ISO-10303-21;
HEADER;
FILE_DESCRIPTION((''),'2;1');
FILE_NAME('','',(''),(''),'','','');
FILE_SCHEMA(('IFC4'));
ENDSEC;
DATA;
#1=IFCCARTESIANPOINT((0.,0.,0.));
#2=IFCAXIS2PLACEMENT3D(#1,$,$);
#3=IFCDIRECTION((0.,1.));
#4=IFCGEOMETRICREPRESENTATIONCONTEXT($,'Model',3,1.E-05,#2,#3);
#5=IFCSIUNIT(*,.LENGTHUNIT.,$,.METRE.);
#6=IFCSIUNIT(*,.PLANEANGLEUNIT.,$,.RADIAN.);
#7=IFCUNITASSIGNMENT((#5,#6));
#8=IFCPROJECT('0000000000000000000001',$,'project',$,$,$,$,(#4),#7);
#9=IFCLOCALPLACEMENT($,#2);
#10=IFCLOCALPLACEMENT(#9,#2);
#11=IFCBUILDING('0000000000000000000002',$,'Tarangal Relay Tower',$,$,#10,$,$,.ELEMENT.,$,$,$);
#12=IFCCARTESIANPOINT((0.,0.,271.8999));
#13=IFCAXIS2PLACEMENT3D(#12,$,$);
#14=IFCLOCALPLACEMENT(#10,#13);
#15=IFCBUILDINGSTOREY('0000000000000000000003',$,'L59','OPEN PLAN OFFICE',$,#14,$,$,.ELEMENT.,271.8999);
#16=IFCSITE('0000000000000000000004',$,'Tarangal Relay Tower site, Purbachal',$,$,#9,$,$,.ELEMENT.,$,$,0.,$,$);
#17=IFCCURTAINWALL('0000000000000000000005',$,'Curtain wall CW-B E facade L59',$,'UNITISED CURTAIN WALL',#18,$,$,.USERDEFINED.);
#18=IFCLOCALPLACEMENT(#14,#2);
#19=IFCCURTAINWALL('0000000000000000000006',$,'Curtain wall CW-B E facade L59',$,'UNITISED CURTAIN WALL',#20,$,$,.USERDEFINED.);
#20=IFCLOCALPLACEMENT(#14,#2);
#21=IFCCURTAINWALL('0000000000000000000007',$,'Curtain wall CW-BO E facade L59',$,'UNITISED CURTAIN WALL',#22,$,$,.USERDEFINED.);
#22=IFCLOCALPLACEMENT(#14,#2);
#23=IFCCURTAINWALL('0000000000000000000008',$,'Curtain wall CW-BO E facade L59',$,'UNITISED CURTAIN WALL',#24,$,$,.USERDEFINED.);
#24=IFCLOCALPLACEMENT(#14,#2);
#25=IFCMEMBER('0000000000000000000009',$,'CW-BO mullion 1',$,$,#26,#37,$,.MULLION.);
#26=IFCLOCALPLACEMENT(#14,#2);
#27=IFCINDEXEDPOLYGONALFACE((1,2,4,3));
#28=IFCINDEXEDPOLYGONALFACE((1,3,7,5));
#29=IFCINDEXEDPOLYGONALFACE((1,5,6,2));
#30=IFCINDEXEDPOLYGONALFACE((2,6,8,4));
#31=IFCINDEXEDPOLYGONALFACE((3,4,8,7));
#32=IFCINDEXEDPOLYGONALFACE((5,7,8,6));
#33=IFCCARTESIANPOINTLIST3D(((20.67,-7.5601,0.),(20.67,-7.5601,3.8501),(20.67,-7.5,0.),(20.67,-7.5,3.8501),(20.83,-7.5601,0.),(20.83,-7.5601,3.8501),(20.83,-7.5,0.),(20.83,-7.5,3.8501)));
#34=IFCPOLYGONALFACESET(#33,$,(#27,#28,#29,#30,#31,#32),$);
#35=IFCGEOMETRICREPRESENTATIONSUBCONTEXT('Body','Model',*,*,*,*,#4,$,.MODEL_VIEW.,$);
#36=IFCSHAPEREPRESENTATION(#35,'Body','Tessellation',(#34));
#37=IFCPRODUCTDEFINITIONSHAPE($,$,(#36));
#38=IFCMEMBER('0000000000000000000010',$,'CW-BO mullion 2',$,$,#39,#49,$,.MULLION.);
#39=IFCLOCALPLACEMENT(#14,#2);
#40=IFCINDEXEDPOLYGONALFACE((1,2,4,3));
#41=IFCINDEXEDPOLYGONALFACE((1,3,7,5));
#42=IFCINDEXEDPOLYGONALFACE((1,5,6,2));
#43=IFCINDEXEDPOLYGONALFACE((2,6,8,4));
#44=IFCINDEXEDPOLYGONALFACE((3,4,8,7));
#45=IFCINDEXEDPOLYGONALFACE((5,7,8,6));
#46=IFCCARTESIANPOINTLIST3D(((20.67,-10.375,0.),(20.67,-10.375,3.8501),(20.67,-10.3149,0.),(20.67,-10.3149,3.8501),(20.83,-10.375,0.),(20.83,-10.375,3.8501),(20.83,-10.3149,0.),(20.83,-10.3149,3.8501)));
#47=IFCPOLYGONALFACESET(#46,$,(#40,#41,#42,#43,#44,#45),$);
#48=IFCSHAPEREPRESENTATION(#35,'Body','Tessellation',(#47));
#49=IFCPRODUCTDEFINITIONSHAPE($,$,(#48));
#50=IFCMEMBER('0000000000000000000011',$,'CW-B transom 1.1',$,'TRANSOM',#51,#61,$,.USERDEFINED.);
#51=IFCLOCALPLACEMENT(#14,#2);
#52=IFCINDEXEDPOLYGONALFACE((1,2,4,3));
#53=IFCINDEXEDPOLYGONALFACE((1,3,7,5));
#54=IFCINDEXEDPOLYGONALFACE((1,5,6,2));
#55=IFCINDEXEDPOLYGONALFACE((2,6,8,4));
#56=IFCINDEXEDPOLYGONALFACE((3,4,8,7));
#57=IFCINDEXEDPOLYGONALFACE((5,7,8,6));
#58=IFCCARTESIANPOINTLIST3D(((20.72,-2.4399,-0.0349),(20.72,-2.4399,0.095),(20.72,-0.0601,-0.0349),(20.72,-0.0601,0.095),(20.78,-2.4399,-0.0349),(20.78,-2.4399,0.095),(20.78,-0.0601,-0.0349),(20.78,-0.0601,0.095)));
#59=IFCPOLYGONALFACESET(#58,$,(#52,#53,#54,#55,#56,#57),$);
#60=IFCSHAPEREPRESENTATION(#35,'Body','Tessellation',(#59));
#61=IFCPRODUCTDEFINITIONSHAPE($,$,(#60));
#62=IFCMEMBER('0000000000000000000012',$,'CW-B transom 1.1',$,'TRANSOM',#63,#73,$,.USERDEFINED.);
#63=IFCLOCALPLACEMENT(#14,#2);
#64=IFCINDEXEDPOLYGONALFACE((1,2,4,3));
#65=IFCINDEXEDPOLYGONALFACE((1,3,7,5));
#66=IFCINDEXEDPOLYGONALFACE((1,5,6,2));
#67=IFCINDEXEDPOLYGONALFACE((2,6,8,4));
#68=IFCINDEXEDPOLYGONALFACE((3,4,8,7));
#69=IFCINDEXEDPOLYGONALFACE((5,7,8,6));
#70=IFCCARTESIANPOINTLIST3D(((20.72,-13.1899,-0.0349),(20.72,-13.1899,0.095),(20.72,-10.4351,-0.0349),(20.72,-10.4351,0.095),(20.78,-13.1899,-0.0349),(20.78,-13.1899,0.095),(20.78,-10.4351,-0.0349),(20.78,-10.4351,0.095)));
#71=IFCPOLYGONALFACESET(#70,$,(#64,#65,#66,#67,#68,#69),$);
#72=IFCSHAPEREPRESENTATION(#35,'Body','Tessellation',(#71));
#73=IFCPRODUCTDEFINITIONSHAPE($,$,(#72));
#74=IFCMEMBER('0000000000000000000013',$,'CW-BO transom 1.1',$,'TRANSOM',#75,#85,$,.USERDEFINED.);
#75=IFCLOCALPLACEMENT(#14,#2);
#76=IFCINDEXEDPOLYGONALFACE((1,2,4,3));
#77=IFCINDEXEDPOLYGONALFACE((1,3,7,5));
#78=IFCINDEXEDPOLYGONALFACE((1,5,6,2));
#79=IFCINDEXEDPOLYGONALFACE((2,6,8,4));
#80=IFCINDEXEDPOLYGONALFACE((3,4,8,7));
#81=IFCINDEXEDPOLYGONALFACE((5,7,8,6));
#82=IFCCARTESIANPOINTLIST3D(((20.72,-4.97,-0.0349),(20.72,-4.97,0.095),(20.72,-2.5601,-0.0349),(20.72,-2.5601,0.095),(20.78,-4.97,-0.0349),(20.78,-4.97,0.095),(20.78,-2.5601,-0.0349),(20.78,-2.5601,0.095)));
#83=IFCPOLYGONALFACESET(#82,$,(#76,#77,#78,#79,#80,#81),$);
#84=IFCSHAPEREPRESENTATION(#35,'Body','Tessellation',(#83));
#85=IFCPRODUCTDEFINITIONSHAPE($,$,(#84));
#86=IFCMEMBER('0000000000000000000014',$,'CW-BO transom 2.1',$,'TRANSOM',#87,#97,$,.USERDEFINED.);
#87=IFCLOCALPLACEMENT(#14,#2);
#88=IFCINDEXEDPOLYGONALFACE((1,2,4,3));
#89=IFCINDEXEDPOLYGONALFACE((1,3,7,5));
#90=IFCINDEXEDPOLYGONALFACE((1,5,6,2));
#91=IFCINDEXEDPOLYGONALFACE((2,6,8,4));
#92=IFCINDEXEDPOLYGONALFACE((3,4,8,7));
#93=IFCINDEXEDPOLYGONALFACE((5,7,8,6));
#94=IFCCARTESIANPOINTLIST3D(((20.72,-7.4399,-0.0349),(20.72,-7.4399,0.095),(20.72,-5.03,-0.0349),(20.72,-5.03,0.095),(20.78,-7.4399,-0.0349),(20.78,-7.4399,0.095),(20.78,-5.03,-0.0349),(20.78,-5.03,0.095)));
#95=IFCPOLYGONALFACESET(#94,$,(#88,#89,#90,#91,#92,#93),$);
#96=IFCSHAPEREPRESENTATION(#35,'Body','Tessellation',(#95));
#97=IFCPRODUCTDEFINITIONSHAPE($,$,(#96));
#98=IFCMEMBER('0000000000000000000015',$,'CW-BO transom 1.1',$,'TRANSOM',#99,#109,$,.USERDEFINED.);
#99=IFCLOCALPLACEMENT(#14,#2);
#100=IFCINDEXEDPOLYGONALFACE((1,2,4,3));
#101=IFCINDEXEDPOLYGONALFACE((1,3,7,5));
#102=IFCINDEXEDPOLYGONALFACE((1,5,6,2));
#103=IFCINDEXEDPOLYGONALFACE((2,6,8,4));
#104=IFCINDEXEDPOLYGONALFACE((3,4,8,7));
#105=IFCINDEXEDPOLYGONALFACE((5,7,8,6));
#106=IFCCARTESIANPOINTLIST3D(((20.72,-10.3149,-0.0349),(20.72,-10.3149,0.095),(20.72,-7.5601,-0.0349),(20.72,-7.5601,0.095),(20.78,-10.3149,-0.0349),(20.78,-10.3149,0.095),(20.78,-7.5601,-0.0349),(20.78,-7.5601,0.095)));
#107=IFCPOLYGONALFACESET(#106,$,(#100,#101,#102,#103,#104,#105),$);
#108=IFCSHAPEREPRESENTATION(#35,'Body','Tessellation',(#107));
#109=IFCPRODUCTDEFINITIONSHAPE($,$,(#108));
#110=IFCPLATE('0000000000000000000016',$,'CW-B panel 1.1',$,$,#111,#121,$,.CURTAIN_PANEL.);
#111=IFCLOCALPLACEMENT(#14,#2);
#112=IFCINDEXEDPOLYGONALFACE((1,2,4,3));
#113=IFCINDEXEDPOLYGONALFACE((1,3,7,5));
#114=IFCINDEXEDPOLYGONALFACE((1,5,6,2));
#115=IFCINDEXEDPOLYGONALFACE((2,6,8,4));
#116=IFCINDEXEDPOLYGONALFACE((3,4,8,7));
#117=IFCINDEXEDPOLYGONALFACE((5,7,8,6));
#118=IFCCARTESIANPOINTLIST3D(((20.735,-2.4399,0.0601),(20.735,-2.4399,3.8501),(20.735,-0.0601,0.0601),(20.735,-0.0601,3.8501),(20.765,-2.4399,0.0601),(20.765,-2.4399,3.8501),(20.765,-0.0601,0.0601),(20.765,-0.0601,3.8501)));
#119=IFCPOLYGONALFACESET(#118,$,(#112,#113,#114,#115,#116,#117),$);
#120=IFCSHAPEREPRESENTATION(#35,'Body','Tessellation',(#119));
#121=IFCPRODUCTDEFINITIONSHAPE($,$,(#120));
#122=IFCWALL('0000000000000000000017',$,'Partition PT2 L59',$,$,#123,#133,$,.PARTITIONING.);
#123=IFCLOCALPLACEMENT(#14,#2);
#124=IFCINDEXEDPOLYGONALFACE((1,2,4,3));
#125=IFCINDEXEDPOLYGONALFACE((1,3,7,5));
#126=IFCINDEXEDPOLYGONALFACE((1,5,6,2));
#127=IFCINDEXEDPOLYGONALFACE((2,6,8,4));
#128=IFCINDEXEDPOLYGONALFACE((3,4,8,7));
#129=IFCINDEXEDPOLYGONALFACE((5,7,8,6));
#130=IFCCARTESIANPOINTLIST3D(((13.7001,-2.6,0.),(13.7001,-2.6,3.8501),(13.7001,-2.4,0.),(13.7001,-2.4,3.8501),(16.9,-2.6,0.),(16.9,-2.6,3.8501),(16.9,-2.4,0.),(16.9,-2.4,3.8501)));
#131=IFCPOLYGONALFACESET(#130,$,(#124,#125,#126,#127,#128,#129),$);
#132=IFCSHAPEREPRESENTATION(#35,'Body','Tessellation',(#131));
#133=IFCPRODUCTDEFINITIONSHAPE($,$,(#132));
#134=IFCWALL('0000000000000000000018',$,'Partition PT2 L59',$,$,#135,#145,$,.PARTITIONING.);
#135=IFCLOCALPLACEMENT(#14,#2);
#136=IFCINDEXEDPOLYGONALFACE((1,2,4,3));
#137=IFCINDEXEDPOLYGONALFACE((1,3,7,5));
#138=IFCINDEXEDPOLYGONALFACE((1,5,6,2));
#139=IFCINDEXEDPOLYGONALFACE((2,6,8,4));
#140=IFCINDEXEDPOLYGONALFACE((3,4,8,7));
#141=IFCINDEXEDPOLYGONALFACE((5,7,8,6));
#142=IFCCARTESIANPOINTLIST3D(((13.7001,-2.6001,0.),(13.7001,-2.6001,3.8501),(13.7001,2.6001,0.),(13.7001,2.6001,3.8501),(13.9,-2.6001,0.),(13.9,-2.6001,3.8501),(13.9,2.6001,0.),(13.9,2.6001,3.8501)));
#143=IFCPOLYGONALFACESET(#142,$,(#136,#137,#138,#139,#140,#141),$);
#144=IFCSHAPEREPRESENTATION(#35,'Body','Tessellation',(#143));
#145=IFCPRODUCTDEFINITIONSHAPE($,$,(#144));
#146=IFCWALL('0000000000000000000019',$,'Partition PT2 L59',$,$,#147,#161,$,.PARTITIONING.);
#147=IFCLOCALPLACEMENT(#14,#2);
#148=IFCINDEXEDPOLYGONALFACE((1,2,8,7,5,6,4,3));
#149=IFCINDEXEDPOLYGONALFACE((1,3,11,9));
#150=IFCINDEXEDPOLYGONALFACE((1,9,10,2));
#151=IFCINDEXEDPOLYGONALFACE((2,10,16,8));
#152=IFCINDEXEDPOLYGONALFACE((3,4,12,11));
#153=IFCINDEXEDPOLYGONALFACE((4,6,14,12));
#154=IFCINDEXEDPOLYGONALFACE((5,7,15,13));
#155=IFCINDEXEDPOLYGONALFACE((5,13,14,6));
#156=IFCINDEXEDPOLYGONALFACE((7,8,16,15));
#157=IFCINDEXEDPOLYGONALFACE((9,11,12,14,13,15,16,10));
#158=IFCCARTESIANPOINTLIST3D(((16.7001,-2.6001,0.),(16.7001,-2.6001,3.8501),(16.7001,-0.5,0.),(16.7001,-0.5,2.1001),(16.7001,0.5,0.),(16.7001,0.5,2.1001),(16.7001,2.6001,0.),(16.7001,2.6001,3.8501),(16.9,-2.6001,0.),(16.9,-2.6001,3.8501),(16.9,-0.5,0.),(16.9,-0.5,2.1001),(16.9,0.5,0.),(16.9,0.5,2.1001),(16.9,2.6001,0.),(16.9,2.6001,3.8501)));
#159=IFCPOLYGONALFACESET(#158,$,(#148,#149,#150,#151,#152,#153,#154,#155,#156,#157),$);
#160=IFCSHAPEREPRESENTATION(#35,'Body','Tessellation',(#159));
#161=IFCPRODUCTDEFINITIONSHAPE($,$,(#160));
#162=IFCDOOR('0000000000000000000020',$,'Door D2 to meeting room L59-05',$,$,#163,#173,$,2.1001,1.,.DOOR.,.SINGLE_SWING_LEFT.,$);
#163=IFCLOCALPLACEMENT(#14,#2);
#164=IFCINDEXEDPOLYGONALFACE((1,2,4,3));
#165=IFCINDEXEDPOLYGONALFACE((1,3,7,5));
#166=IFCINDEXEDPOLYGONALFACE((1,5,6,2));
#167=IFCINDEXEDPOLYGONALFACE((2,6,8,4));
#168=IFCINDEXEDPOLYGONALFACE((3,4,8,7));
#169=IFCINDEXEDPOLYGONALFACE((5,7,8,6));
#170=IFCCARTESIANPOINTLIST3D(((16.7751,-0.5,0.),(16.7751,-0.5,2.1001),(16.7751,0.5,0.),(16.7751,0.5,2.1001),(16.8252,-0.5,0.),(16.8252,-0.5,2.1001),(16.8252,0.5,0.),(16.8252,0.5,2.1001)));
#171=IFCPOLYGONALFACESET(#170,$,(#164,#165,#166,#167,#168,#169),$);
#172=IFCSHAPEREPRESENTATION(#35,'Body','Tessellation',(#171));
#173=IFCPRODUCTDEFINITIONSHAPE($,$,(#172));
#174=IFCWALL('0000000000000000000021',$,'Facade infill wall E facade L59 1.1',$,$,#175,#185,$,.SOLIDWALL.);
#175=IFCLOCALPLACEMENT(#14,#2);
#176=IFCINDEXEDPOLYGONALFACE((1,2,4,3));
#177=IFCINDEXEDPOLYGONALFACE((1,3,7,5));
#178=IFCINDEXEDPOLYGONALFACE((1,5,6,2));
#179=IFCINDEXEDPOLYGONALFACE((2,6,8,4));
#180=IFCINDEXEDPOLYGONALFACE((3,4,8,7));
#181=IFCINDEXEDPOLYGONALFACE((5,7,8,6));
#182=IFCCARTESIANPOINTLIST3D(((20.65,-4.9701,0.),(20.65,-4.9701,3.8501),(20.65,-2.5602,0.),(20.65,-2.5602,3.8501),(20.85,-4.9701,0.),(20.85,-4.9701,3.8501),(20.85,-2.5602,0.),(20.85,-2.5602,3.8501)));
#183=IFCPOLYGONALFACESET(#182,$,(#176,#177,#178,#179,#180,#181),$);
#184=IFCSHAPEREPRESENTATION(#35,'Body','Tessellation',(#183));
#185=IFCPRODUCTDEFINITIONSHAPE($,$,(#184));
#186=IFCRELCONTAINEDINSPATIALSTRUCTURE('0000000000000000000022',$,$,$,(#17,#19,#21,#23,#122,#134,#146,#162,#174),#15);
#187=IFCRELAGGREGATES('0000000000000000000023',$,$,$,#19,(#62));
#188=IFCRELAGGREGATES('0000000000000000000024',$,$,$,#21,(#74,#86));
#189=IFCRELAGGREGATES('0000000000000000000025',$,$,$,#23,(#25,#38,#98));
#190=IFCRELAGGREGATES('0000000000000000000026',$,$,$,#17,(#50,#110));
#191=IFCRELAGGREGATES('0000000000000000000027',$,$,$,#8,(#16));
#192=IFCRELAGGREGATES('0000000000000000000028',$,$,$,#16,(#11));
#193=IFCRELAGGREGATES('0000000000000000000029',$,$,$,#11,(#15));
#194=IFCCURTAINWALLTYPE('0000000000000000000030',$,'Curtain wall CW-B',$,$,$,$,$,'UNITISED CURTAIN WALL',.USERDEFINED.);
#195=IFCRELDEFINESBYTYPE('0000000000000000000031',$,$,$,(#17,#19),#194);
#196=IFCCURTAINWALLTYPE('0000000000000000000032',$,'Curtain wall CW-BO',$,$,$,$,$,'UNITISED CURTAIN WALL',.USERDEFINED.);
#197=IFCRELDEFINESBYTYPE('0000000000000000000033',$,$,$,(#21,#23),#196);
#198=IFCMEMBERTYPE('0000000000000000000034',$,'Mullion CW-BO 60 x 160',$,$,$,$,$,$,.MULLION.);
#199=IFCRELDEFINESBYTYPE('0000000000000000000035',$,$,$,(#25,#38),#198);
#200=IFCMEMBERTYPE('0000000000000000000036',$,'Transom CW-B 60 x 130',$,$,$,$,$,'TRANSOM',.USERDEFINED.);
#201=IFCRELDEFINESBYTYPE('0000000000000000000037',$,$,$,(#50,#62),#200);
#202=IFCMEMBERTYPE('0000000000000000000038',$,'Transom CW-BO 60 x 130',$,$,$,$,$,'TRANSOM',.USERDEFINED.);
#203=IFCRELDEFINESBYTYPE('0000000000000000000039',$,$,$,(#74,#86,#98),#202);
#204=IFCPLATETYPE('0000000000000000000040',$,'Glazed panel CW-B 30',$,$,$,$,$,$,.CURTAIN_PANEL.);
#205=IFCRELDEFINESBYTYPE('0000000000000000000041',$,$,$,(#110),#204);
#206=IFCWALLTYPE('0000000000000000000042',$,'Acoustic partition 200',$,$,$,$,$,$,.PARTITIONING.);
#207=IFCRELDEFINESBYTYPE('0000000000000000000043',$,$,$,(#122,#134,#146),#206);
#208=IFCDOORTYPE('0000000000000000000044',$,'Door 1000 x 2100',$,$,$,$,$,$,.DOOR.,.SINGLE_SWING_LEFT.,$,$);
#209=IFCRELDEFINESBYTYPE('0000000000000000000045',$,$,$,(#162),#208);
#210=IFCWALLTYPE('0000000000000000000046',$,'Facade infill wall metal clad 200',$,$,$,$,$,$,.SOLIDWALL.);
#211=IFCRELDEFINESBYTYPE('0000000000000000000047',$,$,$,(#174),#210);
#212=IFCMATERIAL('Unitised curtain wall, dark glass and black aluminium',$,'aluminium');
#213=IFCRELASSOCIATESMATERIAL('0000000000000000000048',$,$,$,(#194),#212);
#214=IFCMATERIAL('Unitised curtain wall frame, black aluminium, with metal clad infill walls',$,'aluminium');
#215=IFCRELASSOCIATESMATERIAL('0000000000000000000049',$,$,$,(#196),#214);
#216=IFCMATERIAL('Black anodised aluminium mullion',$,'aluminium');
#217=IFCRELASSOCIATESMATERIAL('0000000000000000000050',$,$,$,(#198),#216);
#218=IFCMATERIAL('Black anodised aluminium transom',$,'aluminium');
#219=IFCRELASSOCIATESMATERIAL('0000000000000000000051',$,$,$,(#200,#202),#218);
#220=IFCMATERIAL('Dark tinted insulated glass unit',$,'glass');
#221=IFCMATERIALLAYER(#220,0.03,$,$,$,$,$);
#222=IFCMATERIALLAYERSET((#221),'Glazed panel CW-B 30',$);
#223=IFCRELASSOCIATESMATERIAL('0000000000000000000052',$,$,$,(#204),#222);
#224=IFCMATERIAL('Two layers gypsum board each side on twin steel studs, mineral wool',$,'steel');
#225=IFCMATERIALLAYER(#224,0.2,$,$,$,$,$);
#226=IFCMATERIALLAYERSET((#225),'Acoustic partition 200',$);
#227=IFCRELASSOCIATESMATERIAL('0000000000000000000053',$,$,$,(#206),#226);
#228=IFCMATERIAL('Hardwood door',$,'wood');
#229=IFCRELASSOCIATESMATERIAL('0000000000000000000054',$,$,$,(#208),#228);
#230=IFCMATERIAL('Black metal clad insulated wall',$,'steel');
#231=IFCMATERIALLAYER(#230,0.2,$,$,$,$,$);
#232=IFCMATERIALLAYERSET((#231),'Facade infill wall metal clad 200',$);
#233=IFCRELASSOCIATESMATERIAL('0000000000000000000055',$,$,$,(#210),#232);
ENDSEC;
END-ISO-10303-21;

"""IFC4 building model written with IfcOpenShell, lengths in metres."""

from ifc_helpers import new_model, si_unit, direction, frame, frame_2d, origin, origin_2d, place, context, subcontext, project, spatial, rectangle, extrude, material, layer, layer_set, material_profile, profile_set, type_object, element, fill, aggregate, save


model = new_model("IFC4")

# Units and contexts
model_context = context("Model", 3, precision=1e-05, world=origin(), true_north=direction((0.0, 1.0)))
body_context = subcontext(model_context, "Body", "Model", "MODEL_VIEW")
ifc_project = project(units=[si_unit("LENGTHUNIT", "METRE"), si_unit("PLANEANGLEUNIT", "RADIAN")], contexts=[model_context])

# Site, building, storey
site_placement = place(None, origin())
site = spatial("IfcSite", under=ifc_project, at=site_placement, Name="Tarangal Relay Tower site, Purbachal", CompositionType="ELEMENT", RefElevation=0.0)
building_placement = place(site_placement, origin())
building = spatial("IfcBuilding", under=site, at=building_placement, Name="Tarangal Relay Tower", CompositionType="ELEMENT")
storey_placement = place(building_placement, frame((0.0, 0.0, 271.8999)))
storey = spatial("IfcBuildingStorey", under=building, at=storey_placement, Name="L59", Description="OPEN PLAN OFFICE", CompositionType="ELEMENT", Elevation=271.8999)

# Curtain wall
ifc_material_1 = material(Name="Unitised curtain wall, dark glass and black aluminium", Category="aluminium")
curtain_wall_type_1 = type_object("IfcCurtainWallType", Name="Curtain wall CW-B", ElementType="UNITISED CURTAIN WALL", PredefinedType="USERDEFINED", material=ifc_material_1)
curtain_wall_1_placement = place(storey_placement, origin())
curtain_wall_1 = element("IfcCurtainWall", 1, at=curtain_wall_1_placement, inside=storey, type_object=curtain_wall_type_1, Name="Curtain wall CW-B E facade L59", ObjectType="UNITISED CURTAIN WALL", PredefinedType="USERDEFINED")
ifc_material_2 = material(Name="Black anodised aluminium mullion", Category="aluminium")

# Curtain wall
curtain_wall_2_placement = place(storey_placement, origin())
curtain_wall_2 = element("IfcCurtainWall", 2, at=curtain_wall_2_placement, inside=storey, type_object=curtain_wall_type_1, Name="Curtain wall CW-B E facade L59", ObjectType="UNITISED CURTAIN WALL", PredefinedType="USERDEFINED")

# Curtain walls, members
ifc_material_3 = material(Name="Unitised curtain wall frame, black aluminium, with metal clad infill walls", Category="aluminium")
curtain_wall_type_2 = type_object("IfcCurtainWallType", Name="Curtain wall CW-BO", ElementType="UNITISED CURTAIN WALL", PredefinedType="USERDEFINED", material=ifc_material_3)
curtain_wall_3_placement = place(storey_placement, origin())
curtain_wall_3 = element("IfcCurtainWall", 3, at=curtain_wall_3_placement, inside=storey, type_object=curtain_wall_type_2, Name="Curtain wall CW-BO E facade L59", ObjectType="UNITISED CURTAIN WALL", PredefinedType="USERDEFINED")
ifc_material_profile_1 = material_profile(ifc_material_2, rectangle(XDim=0.1599, YDim=0.0601, at=origin_2d()), Name="CW-BOM 60X160")
ifc_profile_set_1 = profile_set([ifc_material_profile_1], Name="Black anodised aluminium mullion")
member_type_1 = type_object("IfcMemberType", Name="Mullion CW-BO 60 x 160", PredefinedType="MULLION", material=ifc_profile_set_1)
curtain_wall_4_placement = place(storey_placement, origin())
curtain_wall_4 = element("IfcCurtainWall", 4, at=curtain_wall_4_placement, inside=storey, type_object=curtain_wall_type_2, Name="Curtain wall CW-BO E facade L59", ObjectType="UNITISED CURTAIN WALL", PredefinedType="USERDEFINED")
member_1_placement = place(storey_placement, frame((20.75, -7.53, 0.0), z_axis=(0.0, 0.0, 1.0), x_axis=(1.0, 0.0, 0.0)))
member_1 = element("IfcMember", 5, at=member_1_placement, type_object=member_type_1, Name="CW-BO mullion 1", PredefinedType="MULLION", context=body_context, shape_type="SweptSolid", body=[
    extrude(rectangle(XDim=0.1599, YDim=0.0601, at=origin_2d()), origin(), (0.0, 0.0, 1.0), 3.8501),
])
member_2_placement = place(storey_placement, frame((20.75, -10.345, 0.0), z_axis=(0.0, 0.0, 1.0), x_axis=(1.0, 0.0, 0.0)))
member_2 = element("IfcMember", 6, at=member_2_placement, type_object=member_type_1, Name="CW-BO mullion 2", PredefinedType="MULLION", context=body_context, shape_type="SweptSolid", body=[
    extrude(rectangle(XDim=0.1599, YDim=0.0601, at=origin_2d()), origin(), (0.0, 0.0, 1.0), 3.8501),
])

# Members
ifc_material_4 = material(Name="Black anodised aluminium transom", Category="aluminium")
ifc_material_profile_2 = material_profile(ifc_material_4, rectangle(XDim=0.0601, YDim=0.1299, at=origin_2d()), Name="CW-BT 60X130")
ifc_profile_set_2 = profile_set([ifc_material_profile_2], Name="Black anodised aluminium transom")
member_type_2 = type_object("IfcMemberType", Name="Transom CW-B 60 x 130", ElementType="TRANSOM", PredefinedType="USERDEFINED", material=ifc_profile_set_2)
member_3_placement = place(storey_placement, frame((20.75, -0.0601, 0.03), z_axis=(0.0, -1.0, 0.0), x_axis=(1.0, 0.0, 0.0)))
member_3 = element("IfcMember", 7, at=member_3_placement, type_object=member_type_2, Name="CW-B transom 1.1", ObjectType="TRANSOM", PredefinedType="USERDEFINED", context=body_context, shape_type="SweptSolid", body=[
    extrude(rectangle(XDim=0.0601, YDim=0.1299, at=origin_2d()), origin(), (0.0, 0.0, 1.0), 2.3799),
])
member_4_placement = place(storey_placement, frame((20.75, -10.4351, 0.03), z_axis=(0.0, -1.0, 0.0), x_axis=(1.0, 0.0, 0.0)))
member_4 = element("IfcMember", 8, at=member_4_placement, type_object=member_type_2, Name="CW-B transom 1.1", ObjectType="TRANSOM", PredefinedType="USERDEFINED", context=body_context, shape_type="SweptSolid", body=[
    extrude(rectangle(XDim=0.0601, YDim=0.1299, at=origin_2d()), origin(), (0.0, 0.0, 1.0), 2.7549),
])
aggregate(curtain_wall_2, [member_4])
ifc_material_profile_3 = material_profile(ifc_material_4, rectangle(XDim=0.0601, YDim=0.1299, at=origin_2d()), Name="CW-BOT 60X130")
ifc_profile_set_3 = profile_set([ifc_material_profile_3], Name="Black anodised aluminium transom")
member_type_3 = type_object("IfcMemberType", Name="Transom CW-BO 60 x 130", ElementType="TRANSOM", PredefinedType="USERDEFINED", material=ifc_profile_set_3)
member_5_placement = place(storey_placement, frame((20.75, -2.5601, 0.03), z_axis=(0.0, -1.0, 0.0), x_axis=(1.0, 0.0, 0.0)))
member_5 = element("IfcMember", 9, at=member_5_placement, type_object=member_type_3, Name="CW-BO transom 1.1", ObjectType="TRANSOM", PredefinedType="USERDEFINED", context=body_context, shape_type="SweptSolid", body=[
    extrude(rectangle(XDim=0.0601, YDim=0.1299, at=origin_2d()), origin(), (0.0, 0.0, 1.0), 2.4099),
])
member_6_placement = place(storey_placement, frame((20.75, -5.03, 0.03), z_axis=(0.0, -1.0, 0.0), x_axis=(1.0, 0.0, 0.0)))
member_6 = element("IfcMember", 10, at=member_6_placement, type_object=member_type_3, Name="CW-BO transom 2.1", ObjectType="TRANSOM", PredefinedType="USERDEFINED", context=body_context, shape_type="SweptSolid", body=[
    extrude(rectangle(XDim=0.0601, YDim=0.1299, at=origin_2d()), origin(), (0.0, 0.0, 1.0), 2.4099),
])
aggregate(curtain_wall_3, [member_5, member_6])
member_7_placement = place(storey_placement, frame((20.75, -7.5601, 0.03), z_axis=(0.0, -1.0, 0.0), x_axis=(1.0, 0.0, 0.0)))
member_7 = element("IfcMember", 11, at=member_7_placement, type_object=member_type_3, Name="CW-BO transom 1.1", ObjectType="TRANSOM", PredefinedType="USERDEFINED", context=body_context, shape_type="SweptSolid", body=[
    extrude(rectangle(XDim=0.0601, YDim=0.1299, at=origin_2d()), origin(), (0.0, 0.0, 1.0), 2.7549),
])
aggregate(curtain_wall_4, [member_1, member_2, member_7])

# Plate
ifc_material_5 = material(Name="Dark tinted insulated glass unit", Category="glass")
ifc_layer_1 = layer(ifc_material_5, 0.03)
ifc_layer_set_1 = layer_set([ifc_layer_1], Name="Glazed panel CW-B 30")
plate_type = type_object("IfcPlateType", Name="Glazed panel CW-B 30", PredefinedType="CURTAIN_PANEL", material=ifc_layer_set_1)
plate_placement = place(storey_placement, frame((20.75, -1.25, 0.0601), z_axis=(0.0, 0.0, 1.0), x_axis=(0.0, -1.0, 0.0)))
plate = element("IfcPlate", 12, at=plate_placement, type_object=plate_type, Name="CW-B panel 1.1", PredefinedType="CURTAIN_PANEL", context=body_context, shape_type="SweptSolid", body=[
    extrude(rectangle(XDim=2.3799, YDim=0.03, at=origin_2d()), origin(), (0.0, 0.0, 1.0), 3.79),
])
aggregate(curtain_wall_1, [member_3, plate])

# Walls
ifc_material_6 = material(Name="Two layers gypsum board each side on twin steel studs, mineral wool", Category="steel")
ifc_layer_2 = layer(ifc_material_6, 0.2)
ifc_layer_set_2 = layer_set([ifc_layer_2], Name="Acoustic partition 200")
wall_type_1 = type_object("IfcWallType", Name="Acoustic partition 200", PredefinedType="PARTITIONING", material=ifc_layer_set_2)
wall_1_placement = place(storey_placement, frame((13.7, -2.5, 0.0), z_axis=(0.0, 0.0, 1.0), x_axis=(1.0, 0.0, 0.0)))
element("IfcWall", 13, at=wall_1_placement, inside=storey, type_object=wall_type_1, Name="Partition PT2 L59", PredefinedType="PARTITIONING", context=body_context, shape_type="SweptSolid", body=[
    extrude(rectangle(XDim=3.2, YDim=0.2, at=frame_2d((1.6001, 0.0))), origin(), (0.0, 0.0, 1.0), 3.8501),
])
wall_2_placement = place(storey_placement, frame((13.8, -2.6001, 0.0), z_axis=(0.0, 0.0, 1.0), x_axis=(0.0, 1.0, 0.0)))
element("IfcWall", 14, at=wall_2_placement, inside=storey, type_object=wall_type_1, Name="Partition PT2 L59", PredefinedType="PARTITIONING", context=body_context, shape_type="SweptSolid", body=[
    extrude(rectangle(XDim=5.2002, YDim=0.2, at=frame_2d((2.6001, 0.0))), origin(), (0.0, 0.0, 1.0), 3.8501),
])

# Wall, opening, door
wall_3_placement = place(storey_placement, frame((16.8, -2.6001, 0.0), z_axis=(0.0, 0.0, 1.0), x_axis=(0.0, 1.0, 0.0)))
wall_3 = element("IfcWall", 15, at=wall_3_placement, inside=storey, type_object=wall_type_1, Name="Partition PT2 L59", PredefinedType="PARTITIONING", context=body_context, shape_type="SweptSolid", body=[
    extrude(rectangle(XDim=5.2002, YDim=0.2, at=frame_2d((2.6001, 0.0))), origin(), (0.0, 0.0, 1.0), 3.8501),
])
opening_placement = place(wall_3_placement, frame((2.1001, 0.0, 0.0)))
opening = element("IfcOpeningElement", 16, at=opening_placement, cuts=wall_3, PredefinedType="OPENING", context=body_context, shape_type="SweptSolid", body=[
    extrude(rectangle(XDim=1.0, YDim=2.1001, at=frame_2d((0.5, 1.05))), frame((0.0, 0.1099, 0.0), z_axis=(0.0, -1.0, 0.0), x_axis=(1.0, 0.0, 0.0)), (0.0, 0.0, 1.0), 0.22),
])
ifc_material_7 = material(Name="Hardwood door", Category="wood")
door_type = type_object("IfcDoorType", Name="Door 1000 x 2100", OperationType="SINGLE_SWING_LEFT", PredefinedType="DOOR", material=ifc_material_7)
door_placement = place(opening_placement, origin())
door = element("IfcDoor", 17, at=door_placement, inside=storey, type_object=door_type, Name="Door D2 to meeting room L59-05", OperationType="SINGLE_SWING_LEFT", OverallHeight=2.1001, OverallWidth=1.0, PredefinedType="DOOR", context=body_context, shape_type="SweptSolid", body=[
    extrude(rectangle(XDim=1.0, YDim=2.1001, at=frame_2d((0.5, 1.05))), frame((0.0, 0.0249, 0.0), z_axis=(0.0, -1.0, 0.0), x_axis=(1.0, 0.0, 0.0)), (0.0, 0.0, 1.0), 0.05),
])
fill(opening, door)

# Wall
ifc_material_8 = material(Name="Black metal clad insulated wall", Category="steel")
ifc_layer_3 = layer(ifc_material_8, 0.2)
ifc_layer_set_3 = layer_set([ifc_layer_3], Name="Facade infill wall metal clad 200")
wall_type_2 = type_object("IfcWallType", Name="Facade infill wall metal clad 200", PredefinedType="SOLIDWALL", material=ifc_layer_set_3)
for number, where, z_axis, x_axis, name in (
    (18, (20.75, -2.5601, 0.0), (0.0, 0.0, 1.0), (0.0, -1.0, 0.0), "Facade infill wall E facade L59 1.1"),
):
    element("IfcWall", number, at=place(storey_placement, frame(where, z_axis=z_axis, x_axis=x_axis)), inside=storey, type_object=wall_type_2, Name=name, PredefinedType="SOLIDWALL", context=body_context, shape_type="SweptSolid", body=[
        extrude(rectangle(XDim=2.4099, YDim=0.2, at=frame_2d((1.2051, 0.0))), origin(), (0.0, 0.0, 1.0), 3.8501),
    ])

save(model, "model.ifc")
